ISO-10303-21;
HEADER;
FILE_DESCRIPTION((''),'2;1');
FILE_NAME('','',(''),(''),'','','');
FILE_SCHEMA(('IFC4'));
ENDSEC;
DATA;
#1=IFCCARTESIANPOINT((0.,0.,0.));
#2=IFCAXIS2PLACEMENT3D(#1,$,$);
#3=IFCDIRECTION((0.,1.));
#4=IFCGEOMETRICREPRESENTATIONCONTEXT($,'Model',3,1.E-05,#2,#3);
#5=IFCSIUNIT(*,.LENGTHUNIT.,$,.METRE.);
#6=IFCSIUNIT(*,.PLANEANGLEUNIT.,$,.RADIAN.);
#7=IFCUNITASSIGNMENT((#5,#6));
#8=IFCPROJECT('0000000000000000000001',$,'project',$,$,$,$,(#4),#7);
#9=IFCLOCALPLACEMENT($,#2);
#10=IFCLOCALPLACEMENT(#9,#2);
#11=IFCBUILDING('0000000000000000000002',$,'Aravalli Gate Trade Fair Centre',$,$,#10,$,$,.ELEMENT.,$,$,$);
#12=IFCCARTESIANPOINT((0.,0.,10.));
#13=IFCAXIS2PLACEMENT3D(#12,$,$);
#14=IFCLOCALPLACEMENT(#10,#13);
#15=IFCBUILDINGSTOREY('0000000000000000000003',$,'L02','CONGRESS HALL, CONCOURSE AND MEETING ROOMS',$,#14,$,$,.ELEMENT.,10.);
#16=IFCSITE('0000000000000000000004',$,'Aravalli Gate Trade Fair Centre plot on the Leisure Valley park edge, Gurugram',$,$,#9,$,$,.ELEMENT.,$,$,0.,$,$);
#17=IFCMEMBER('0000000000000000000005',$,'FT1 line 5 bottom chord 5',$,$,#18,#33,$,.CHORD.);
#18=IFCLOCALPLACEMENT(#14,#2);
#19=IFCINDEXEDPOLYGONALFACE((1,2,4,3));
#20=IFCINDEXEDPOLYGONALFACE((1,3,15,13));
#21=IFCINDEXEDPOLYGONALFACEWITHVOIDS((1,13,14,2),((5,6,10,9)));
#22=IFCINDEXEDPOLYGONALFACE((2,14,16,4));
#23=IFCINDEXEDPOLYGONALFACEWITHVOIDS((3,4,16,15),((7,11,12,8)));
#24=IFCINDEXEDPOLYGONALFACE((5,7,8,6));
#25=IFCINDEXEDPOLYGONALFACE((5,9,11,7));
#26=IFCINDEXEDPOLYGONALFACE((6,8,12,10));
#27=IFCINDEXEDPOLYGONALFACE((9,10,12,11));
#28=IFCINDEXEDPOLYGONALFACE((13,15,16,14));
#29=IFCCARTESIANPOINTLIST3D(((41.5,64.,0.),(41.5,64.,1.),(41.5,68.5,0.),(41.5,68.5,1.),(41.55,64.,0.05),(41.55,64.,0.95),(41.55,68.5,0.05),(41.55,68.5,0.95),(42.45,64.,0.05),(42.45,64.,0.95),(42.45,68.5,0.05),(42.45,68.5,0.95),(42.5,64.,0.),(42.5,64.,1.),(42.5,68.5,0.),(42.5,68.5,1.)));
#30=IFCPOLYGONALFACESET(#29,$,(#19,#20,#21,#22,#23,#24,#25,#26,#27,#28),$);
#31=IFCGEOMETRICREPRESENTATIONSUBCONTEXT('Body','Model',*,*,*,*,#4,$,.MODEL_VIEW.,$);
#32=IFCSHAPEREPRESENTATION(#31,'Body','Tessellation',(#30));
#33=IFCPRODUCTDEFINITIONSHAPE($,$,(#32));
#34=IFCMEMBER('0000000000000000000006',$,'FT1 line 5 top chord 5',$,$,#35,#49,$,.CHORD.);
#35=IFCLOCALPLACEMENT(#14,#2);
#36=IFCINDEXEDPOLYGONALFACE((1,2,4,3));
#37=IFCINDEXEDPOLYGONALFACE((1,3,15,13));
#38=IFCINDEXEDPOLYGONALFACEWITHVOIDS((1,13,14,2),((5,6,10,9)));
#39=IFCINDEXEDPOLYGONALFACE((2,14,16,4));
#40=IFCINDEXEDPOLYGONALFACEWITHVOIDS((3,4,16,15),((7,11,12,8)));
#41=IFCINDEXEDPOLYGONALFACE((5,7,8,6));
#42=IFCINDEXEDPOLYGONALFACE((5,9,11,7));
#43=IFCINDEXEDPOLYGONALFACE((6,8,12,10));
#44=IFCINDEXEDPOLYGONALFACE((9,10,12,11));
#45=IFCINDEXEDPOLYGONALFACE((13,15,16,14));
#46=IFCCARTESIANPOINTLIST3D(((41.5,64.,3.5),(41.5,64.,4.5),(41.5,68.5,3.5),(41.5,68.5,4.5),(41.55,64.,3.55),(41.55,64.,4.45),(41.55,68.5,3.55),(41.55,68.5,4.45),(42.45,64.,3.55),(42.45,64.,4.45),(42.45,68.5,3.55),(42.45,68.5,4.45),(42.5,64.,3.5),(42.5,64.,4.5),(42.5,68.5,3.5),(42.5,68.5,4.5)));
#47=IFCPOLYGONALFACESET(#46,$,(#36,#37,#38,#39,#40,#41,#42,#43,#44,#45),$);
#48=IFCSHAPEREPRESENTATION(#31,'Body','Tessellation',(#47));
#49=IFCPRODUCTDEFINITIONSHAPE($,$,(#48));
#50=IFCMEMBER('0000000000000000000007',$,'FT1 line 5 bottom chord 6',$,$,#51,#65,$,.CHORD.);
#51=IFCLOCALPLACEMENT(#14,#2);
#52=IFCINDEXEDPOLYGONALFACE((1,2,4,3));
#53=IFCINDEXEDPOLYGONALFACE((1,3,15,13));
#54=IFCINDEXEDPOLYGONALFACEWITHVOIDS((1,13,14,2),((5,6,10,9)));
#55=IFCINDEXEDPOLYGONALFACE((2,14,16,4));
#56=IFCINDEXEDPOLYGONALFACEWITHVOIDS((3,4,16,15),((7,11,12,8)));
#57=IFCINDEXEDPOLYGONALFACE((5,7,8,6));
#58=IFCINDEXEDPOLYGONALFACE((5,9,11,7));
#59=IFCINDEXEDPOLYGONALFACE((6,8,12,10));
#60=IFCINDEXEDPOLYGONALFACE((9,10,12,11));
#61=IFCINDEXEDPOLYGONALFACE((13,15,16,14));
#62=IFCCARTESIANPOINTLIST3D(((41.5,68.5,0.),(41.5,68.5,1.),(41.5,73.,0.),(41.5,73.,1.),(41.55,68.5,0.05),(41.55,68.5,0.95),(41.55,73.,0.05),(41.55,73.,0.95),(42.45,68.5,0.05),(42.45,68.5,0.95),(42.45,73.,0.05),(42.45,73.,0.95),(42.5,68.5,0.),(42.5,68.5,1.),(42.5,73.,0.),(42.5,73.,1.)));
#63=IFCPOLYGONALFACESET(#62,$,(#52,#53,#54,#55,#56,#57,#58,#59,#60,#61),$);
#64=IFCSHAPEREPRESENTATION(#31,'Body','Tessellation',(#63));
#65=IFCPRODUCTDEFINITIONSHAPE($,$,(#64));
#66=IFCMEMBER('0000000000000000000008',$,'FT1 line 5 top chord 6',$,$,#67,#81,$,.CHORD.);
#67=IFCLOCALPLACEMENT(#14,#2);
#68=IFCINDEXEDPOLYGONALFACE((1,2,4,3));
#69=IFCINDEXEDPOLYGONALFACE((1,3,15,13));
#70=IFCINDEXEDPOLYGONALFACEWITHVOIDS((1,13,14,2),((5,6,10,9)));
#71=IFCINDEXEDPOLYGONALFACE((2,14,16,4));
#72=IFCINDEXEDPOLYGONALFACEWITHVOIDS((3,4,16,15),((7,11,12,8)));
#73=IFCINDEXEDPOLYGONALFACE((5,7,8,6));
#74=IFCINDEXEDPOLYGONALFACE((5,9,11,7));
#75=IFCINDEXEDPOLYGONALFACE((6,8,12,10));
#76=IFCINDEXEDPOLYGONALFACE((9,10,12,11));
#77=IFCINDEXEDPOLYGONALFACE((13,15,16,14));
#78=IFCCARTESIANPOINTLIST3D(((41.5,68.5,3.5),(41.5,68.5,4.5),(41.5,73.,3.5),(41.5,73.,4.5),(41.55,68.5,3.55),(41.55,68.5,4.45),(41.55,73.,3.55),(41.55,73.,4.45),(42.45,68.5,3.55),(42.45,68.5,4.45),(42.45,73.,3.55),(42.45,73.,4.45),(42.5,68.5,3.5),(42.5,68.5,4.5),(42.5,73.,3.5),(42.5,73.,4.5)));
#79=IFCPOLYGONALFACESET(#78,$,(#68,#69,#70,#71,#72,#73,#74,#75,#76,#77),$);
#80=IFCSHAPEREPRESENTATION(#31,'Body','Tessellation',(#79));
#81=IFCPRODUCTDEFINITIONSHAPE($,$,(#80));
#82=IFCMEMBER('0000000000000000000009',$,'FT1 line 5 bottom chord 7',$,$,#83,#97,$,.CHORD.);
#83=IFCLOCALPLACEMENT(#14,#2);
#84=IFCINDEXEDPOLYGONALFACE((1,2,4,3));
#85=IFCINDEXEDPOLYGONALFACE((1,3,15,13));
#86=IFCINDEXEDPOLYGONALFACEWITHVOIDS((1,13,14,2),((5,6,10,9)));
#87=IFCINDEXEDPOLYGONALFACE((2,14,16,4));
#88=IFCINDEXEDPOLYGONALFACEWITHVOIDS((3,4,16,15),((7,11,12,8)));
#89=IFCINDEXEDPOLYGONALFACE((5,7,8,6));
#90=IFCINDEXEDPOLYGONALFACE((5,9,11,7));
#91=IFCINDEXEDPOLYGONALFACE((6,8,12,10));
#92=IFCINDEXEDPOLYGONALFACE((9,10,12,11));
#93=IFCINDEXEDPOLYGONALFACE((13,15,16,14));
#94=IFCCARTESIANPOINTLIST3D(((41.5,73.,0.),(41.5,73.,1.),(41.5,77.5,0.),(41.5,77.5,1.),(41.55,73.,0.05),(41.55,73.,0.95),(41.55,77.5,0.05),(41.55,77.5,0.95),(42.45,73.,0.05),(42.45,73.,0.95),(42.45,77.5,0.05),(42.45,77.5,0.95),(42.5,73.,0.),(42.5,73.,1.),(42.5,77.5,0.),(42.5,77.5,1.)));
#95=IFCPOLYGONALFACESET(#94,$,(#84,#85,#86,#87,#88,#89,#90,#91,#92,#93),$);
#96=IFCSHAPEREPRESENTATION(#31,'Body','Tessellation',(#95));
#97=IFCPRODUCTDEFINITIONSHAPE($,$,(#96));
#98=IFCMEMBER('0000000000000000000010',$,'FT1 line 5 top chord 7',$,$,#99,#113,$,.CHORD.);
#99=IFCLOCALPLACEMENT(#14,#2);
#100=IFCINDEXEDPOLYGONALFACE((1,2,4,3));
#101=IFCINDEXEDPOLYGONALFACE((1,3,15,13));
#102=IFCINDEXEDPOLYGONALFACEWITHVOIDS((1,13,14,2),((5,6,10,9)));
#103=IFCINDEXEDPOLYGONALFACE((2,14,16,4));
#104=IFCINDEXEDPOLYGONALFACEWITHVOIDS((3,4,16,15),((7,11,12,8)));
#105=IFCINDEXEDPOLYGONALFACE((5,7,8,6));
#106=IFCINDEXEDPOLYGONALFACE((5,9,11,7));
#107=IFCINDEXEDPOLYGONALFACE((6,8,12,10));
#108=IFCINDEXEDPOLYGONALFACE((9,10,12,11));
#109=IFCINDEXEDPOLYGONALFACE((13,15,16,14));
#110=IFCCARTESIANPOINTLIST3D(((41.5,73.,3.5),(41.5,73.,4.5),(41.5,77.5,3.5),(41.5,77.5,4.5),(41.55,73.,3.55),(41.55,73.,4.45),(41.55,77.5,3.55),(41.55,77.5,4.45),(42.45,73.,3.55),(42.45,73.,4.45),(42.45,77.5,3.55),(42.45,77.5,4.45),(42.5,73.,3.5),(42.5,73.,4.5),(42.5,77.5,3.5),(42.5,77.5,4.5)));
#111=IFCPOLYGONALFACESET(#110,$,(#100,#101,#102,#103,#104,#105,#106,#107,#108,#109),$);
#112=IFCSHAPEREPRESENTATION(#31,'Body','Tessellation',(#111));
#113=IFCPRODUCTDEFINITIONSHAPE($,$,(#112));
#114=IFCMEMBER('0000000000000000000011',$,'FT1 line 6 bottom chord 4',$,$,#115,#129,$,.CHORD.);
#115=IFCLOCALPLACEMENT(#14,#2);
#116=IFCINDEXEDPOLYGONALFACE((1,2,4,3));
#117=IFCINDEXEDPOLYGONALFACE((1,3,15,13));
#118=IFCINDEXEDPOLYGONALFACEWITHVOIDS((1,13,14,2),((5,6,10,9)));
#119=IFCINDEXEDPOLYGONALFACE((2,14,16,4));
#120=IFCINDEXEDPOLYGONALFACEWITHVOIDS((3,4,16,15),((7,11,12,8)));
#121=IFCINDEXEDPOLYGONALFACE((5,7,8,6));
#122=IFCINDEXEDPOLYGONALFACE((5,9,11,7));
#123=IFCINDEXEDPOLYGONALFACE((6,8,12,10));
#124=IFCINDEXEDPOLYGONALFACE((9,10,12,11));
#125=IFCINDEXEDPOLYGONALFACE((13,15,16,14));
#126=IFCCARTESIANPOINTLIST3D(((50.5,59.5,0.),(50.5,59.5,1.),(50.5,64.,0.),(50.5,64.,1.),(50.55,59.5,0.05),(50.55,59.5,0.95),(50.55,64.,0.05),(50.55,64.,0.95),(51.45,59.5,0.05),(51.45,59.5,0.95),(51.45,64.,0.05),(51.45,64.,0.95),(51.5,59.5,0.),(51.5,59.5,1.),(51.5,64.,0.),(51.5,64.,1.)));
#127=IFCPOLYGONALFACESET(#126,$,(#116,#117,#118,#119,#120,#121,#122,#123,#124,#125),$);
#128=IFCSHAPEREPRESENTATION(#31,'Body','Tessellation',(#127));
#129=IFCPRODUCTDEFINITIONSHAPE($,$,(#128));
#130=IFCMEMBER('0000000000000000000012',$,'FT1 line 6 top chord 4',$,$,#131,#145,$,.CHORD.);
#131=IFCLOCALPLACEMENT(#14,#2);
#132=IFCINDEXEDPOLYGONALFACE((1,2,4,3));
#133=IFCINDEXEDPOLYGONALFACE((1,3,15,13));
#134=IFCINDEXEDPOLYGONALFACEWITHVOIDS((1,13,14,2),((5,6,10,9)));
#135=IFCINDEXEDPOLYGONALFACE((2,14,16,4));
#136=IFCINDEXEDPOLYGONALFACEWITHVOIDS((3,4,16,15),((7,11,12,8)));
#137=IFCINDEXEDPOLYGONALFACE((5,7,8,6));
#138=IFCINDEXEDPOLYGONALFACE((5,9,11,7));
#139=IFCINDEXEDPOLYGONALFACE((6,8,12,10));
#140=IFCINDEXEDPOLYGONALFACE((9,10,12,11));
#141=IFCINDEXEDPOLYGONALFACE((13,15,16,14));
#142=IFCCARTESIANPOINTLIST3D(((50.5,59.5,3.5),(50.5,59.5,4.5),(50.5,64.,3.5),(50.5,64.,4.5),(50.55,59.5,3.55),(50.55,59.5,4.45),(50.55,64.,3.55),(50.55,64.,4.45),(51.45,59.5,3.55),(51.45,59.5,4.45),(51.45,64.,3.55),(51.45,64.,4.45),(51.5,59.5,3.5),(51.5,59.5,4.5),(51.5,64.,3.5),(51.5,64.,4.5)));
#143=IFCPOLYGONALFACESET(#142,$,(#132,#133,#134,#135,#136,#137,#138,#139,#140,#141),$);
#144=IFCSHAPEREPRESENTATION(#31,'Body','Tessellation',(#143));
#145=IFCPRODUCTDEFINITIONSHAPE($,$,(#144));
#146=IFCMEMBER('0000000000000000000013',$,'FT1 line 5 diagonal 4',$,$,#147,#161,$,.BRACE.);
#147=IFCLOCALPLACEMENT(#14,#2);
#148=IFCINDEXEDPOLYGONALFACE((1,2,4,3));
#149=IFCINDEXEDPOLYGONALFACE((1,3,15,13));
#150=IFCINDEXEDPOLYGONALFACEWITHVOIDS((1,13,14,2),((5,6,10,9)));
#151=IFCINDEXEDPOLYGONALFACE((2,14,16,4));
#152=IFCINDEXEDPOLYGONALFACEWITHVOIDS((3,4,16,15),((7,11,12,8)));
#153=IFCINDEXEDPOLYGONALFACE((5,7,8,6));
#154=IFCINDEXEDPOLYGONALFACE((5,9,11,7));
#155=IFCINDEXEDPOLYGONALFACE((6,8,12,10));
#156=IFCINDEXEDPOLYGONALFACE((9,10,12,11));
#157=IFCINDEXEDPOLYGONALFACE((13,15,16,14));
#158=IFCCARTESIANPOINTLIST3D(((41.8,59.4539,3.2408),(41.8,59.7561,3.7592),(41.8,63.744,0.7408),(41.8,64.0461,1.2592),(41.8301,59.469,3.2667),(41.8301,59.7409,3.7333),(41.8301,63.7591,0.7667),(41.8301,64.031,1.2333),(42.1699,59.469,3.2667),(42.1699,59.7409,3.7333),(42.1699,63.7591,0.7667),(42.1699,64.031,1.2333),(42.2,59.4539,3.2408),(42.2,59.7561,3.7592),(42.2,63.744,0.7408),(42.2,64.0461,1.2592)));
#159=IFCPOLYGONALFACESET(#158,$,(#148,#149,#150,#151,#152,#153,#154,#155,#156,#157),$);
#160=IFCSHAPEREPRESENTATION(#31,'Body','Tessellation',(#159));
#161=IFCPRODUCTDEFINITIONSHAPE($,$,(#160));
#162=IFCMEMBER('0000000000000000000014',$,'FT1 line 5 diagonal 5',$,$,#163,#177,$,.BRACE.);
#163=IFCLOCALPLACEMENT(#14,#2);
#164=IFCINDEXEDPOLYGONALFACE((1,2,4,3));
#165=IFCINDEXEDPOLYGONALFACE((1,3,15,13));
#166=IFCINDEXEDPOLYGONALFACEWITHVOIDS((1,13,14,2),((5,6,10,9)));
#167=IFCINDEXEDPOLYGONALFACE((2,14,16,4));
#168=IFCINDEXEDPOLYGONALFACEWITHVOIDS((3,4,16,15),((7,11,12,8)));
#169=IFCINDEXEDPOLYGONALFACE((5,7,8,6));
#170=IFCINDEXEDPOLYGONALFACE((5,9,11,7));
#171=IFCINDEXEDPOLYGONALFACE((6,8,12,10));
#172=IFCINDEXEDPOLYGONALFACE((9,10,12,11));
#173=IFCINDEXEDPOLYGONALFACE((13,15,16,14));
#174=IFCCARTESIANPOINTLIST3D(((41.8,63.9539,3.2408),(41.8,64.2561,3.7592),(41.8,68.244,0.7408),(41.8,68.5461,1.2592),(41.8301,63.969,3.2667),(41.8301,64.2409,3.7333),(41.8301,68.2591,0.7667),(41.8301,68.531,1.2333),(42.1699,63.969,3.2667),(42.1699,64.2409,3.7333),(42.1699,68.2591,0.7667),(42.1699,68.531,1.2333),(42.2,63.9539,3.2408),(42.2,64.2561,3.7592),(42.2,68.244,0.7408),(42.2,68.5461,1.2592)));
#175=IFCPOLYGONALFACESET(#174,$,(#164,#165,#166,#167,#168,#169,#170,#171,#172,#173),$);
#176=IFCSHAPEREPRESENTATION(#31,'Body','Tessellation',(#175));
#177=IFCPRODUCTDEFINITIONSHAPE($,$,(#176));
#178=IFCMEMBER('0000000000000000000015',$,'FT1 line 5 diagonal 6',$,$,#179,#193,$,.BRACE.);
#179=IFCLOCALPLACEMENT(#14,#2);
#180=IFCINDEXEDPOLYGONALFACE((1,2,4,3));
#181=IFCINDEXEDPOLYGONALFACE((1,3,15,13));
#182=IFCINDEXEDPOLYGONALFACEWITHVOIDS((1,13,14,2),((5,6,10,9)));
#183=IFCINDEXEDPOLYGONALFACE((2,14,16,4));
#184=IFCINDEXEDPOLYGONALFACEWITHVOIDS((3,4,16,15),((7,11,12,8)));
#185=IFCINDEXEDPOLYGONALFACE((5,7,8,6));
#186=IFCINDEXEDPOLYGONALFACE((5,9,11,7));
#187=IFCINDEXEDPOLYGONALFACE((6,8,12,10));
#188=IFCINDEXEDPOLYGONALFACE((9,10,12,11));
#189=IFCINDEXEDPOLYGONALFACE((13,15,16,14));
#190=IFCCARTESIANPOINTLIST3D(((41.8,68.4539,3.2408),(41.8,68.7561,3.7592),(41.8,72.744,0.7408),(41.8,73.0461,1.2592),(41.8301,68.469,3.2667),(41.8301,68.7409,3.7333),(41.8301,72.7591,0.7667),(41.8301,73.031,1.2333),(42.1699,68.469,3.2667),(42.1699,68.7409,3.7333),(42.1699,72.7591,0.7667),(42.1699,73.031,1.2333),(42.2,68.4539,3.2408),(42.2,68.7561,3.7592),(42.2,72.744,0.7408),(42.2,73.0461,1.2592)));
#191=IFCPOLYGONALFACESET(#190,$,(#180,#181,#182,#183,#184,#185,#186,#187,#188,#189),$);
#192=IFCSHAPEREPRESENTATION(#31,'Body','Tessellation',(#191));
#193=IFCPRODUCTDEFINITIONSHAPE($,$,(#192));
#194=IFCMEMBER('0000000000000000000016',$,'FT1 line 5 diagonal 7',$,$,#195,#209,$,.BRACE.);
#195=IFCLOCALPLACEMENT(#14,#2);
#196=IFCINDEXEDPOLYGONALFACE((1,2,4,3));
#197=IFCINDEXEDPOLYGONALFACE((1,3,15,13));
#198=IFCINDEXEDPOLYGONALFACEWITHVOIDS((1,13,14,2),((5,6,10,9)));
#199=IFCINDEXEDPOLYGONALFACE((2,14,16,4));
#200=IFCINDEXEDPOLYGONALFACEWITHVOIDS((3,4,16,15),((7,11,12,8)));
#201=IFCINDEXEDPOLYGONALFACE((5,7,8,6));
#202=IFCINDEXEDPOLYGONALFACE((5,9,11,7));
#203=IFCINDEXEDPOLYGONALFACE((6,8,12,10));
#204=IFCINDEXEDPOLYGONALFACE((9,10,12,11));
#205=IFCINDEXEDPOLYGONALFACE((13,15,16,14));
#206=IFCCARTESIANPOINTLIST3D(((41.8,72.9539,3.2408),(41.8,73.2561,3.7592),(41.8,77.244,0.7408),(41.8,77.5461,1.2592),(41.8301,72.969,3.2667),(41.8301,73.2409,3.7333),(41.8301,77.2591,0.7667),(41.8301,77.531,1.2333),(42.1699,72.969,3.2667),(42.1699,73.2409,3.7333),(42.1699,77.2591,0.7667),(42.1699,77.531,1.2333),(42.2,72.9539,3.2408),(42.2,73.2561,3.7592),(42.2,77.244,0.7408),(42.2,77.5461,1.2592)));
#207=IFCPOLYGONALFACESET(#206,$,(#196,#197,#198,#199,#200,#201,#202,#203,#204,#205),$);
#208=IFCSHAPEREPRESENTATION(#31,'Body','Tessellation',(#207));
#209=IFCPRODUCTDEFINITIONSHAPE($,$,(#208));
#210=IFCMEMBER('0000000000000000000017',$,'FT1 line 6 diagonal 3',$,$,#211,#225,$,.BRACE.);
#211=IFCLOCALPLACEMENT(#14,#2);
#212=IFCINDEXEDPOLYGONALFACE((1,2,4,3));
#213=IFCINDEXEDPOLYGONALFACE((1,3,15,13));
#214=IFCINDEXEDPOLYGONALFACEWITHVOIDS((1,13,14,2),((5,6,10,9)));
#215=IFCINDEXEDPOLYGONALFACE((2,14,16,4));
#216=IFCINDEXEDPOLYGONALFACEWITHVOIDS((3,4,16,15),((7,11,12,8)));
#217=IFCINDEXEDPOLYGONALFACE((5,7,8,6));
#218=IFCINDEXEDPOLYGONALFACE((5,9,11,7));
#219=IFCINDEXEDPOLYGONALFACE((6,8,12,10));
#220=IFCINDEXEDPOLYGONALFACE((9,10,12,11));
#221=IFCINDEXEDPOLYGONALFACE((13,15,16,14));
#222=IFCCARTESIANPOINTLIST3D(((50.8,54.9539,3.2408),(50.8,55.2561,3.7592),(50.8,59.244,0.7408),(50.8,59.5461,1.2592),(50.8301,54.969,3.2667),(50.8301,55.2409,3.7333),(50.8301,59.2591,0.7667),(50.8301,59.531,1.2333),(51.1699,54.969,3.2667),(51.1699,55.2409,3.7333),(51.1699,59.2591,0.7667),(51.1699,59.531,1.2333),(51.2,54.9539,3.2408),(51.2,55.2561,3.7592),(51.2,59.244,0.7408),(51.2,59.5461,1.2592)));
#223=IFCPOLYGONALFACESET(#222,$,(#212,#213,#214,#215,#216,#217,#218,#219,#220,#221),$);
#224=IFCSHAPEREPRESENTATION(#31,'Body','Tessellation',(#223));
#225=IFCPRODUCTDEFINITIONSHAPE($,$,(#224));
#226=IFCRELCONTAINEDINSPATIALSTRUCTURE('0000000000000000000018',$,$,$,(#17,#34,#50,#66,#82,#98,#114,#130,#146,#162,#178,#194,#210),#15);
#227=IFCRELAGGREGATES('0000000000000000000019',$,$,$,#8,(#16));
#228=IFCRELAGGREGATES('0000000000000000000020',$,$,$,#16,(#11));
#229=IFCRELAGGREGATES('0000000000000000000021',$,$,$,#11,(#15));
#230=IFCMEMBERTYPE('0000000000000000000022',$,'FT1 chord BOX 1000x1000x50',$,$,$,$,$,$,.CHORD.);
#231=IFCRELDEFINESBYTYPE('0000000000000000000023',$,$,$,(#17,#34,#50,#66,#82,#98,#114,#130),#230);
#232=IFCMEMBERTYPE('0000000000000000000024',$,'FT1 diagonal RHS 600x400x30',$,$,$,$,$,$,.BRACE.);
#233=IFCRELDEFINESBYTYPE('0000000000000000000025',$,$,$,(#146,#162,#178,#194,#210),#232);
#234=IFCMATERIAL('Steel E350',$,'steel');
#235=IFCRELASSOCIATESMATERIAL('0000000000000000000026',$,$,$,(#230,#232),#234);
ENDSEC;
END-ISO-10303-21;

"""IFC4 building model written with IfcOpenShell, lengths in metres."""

from ifc_helpers import new_model, si_unit, direction, frame, origin, origin_2d, place, context, subcontext, project, spatial, hollow_rectangle, extrude, material, material_profile, profile_set, type_object, element, save


model = new_model("IFC4")

# Units and contexts
model_context = context("Model", 3, precision=1e-05, world=origin(), true_north=direction((0.0, 1.0)))
body_context = subcontext(model_context, "Body", "Model", "MODEL_VIEW")
ifc_project = project(units=[si_unit("LENGTHUNIT", "METRE"), si_unit("PLANEANGLEUNIT", "RADIAN")], contexts=[model_context])

# Site, building, storey
site_placement = place(None, origin())
site = spatial("IfcSite", under=ifc_project, at=site_placement, Name="Aravalli Gate Trade Fair Centre plot on the Leisure Valley park edge, Gurugram", CompositionType="ELEMENT", RefElevation=0.0)
building_placement = place(site_placement, origin())
building = spatial("IfcBuilding", under=site, at=building_placement, Name="Aravalli Gate Trade Fair Centre", CompositionType="ELEMENT")
storey_placement = place(building_placement, frame((0.0, 0.0, 10.0)))
storey = spatial("IfcBuildingStorey", under=building, at=storey_placement, Name="L02", Description="CONGRESS HALL, CONCOURSE AND MEETING ROOMS", CompositionType="ELEMENT", Elevation=10.0)

# Members
ifc_material = material(Name="Steel E350", Category="steel")
ifc_material_profile_1 = material_profile(ifc_material, hollow_rectangle(XDim=1.0, YDim=1.0, WallThickness=0.05, at=origin_2d()), Name="BOX 1000x1000x50")
ifc_profile_set_1 = profile_set([ifc_material_profile_1], Name="Steel E350")
member_type_1 = type_object("IfcMemberType", Name="FT1 chord BOX 1000x1000x50", PredefinedType="CHORD", material=ifc_profile_set_1)
for number, where, z_axis, x_axis, name in (
    (1, (42.0, 64.0, 0.5), (0.0, 1.0, 0.0), (-1.0, 0.0, 0.0), "FT1 line 5 bottom chord 5"),
    (2, (42.0, 64.0, 4.0), (0.0, 1.0, 0.0), (-1.0, 0.0, 0.0), "FT1 line 5 top chord 5"),
    (3, (42.0, 68.5, 0.5), (0.0, 1.0, 0.0), (-1.0, 0.0, 0.0), "FT1 line 5 bottom chord 6"),
    (4, (42.0, 68.5, 4.0), (0.0, 1.0, 0.0), (-1.0, 0.0, 0.0), "FT1 line 5 top chord 6"),
    (5, (42.0, 73.0, 0.5), (0.0, 1.0, 0.0), (-1.0, 0.0, 0.0), "FT1 line 5 bottom chord 7"),
    (6, (42.0, 73.0, 4.0), (0.0, 1.0, 0.0), (-1.0, 0.0, 0.0), "FT1 line 5 top chord 7"),
    (7, (51.0, 59.5, 0.5), (0.0, 1.0, 0.0), (-1.0, 0.0, 0.0), "FT1 line 6 bottom chord 4"),
    (8, (51.0, 59.5, 4.0), (0.0, 1.0, 0.0), (-1.0, 0.0, 0.0), "FT1 line 6 top chord 4"),
):
    element("IfcMember", number, at=place(storey_placement, frame(where, z_axis=z_axis, x_axis=x_axis)), inside=storey, type_object=member_type_1, Name=name, PredefinedType="CHORD", context=body_context, shape_type="SweptSolid", body=[
        extrude(hollow_rectangle(XDim=1.0, YDim=1.0, WallThickness=0.05, at=origin_2d()), origin(), (0.0, 0.0, 1.0), 4.5),
    ])
ifc_material_profile_2 = material_profile(ifc_material, hollow_rectangle(XDim=0.3999, YDim=0.6001, WallThickness=0.03, at=origin_2d()), Name="RHS 600x400x30")
ifc_profile_set_2 = profile_set([ifc_material_profile_2], Name="Steel E350")
member_type_2 = type_object("IfcMemberType", Name="FT1 diagonal RHS 600x400x30", PredefinedType="BRACE", material=ifc_profile_set_2)
for number, where, z_axis, x_axis, name in (
    (9, (42.0, 59.605, 3.5), (0.0, 0.864, -0.503492), (-1.0, 0.0, 0.0), "FT1 line 5 diagonal 4"),
    (10, (42.0, 64.105, 3.5), (0.0, 0.864, -0.503492), (-1.0, 0.0, 0.0), "FT1 line 5 diagonal 5"),
    (11, (42.0, 68.605, 3.5), (0.0, 0.864, -0.503492), (-1.0, 0.0, 0.0), "FT1 line 5 diagonal 6"),
    (12, (42.0, 73.105, 3.5), (0.0, 0.864, -0.503492), (-1.0, 0.0, 0.0), "FT1 line 5 diagonal 7"),
    (13, (51.0, 55.105, 3.5), (0.0, 0.864, -0.503492), (-1.0, 0.0, 0.0), "FT1 line 6 diagonal 3"),
):
    element("IfcMember", number, at=place(storey_placement, frame(where, z_axis=z_axis, x_axis=x_axis)), inside=storey, type_object=member_type_2, Name=name, PredefinedType="BRACE", context=body_context, shape_type="SweptSolid", body=[
        extrude(hollow_rectangle(XDim=0.3999, YDim=0.6001, WallThickness=0.03, at=origin_2d()), origin(), (0.0, 0.0, 1.0), 4.9653),
    ])

save(model, "model.ifc")
